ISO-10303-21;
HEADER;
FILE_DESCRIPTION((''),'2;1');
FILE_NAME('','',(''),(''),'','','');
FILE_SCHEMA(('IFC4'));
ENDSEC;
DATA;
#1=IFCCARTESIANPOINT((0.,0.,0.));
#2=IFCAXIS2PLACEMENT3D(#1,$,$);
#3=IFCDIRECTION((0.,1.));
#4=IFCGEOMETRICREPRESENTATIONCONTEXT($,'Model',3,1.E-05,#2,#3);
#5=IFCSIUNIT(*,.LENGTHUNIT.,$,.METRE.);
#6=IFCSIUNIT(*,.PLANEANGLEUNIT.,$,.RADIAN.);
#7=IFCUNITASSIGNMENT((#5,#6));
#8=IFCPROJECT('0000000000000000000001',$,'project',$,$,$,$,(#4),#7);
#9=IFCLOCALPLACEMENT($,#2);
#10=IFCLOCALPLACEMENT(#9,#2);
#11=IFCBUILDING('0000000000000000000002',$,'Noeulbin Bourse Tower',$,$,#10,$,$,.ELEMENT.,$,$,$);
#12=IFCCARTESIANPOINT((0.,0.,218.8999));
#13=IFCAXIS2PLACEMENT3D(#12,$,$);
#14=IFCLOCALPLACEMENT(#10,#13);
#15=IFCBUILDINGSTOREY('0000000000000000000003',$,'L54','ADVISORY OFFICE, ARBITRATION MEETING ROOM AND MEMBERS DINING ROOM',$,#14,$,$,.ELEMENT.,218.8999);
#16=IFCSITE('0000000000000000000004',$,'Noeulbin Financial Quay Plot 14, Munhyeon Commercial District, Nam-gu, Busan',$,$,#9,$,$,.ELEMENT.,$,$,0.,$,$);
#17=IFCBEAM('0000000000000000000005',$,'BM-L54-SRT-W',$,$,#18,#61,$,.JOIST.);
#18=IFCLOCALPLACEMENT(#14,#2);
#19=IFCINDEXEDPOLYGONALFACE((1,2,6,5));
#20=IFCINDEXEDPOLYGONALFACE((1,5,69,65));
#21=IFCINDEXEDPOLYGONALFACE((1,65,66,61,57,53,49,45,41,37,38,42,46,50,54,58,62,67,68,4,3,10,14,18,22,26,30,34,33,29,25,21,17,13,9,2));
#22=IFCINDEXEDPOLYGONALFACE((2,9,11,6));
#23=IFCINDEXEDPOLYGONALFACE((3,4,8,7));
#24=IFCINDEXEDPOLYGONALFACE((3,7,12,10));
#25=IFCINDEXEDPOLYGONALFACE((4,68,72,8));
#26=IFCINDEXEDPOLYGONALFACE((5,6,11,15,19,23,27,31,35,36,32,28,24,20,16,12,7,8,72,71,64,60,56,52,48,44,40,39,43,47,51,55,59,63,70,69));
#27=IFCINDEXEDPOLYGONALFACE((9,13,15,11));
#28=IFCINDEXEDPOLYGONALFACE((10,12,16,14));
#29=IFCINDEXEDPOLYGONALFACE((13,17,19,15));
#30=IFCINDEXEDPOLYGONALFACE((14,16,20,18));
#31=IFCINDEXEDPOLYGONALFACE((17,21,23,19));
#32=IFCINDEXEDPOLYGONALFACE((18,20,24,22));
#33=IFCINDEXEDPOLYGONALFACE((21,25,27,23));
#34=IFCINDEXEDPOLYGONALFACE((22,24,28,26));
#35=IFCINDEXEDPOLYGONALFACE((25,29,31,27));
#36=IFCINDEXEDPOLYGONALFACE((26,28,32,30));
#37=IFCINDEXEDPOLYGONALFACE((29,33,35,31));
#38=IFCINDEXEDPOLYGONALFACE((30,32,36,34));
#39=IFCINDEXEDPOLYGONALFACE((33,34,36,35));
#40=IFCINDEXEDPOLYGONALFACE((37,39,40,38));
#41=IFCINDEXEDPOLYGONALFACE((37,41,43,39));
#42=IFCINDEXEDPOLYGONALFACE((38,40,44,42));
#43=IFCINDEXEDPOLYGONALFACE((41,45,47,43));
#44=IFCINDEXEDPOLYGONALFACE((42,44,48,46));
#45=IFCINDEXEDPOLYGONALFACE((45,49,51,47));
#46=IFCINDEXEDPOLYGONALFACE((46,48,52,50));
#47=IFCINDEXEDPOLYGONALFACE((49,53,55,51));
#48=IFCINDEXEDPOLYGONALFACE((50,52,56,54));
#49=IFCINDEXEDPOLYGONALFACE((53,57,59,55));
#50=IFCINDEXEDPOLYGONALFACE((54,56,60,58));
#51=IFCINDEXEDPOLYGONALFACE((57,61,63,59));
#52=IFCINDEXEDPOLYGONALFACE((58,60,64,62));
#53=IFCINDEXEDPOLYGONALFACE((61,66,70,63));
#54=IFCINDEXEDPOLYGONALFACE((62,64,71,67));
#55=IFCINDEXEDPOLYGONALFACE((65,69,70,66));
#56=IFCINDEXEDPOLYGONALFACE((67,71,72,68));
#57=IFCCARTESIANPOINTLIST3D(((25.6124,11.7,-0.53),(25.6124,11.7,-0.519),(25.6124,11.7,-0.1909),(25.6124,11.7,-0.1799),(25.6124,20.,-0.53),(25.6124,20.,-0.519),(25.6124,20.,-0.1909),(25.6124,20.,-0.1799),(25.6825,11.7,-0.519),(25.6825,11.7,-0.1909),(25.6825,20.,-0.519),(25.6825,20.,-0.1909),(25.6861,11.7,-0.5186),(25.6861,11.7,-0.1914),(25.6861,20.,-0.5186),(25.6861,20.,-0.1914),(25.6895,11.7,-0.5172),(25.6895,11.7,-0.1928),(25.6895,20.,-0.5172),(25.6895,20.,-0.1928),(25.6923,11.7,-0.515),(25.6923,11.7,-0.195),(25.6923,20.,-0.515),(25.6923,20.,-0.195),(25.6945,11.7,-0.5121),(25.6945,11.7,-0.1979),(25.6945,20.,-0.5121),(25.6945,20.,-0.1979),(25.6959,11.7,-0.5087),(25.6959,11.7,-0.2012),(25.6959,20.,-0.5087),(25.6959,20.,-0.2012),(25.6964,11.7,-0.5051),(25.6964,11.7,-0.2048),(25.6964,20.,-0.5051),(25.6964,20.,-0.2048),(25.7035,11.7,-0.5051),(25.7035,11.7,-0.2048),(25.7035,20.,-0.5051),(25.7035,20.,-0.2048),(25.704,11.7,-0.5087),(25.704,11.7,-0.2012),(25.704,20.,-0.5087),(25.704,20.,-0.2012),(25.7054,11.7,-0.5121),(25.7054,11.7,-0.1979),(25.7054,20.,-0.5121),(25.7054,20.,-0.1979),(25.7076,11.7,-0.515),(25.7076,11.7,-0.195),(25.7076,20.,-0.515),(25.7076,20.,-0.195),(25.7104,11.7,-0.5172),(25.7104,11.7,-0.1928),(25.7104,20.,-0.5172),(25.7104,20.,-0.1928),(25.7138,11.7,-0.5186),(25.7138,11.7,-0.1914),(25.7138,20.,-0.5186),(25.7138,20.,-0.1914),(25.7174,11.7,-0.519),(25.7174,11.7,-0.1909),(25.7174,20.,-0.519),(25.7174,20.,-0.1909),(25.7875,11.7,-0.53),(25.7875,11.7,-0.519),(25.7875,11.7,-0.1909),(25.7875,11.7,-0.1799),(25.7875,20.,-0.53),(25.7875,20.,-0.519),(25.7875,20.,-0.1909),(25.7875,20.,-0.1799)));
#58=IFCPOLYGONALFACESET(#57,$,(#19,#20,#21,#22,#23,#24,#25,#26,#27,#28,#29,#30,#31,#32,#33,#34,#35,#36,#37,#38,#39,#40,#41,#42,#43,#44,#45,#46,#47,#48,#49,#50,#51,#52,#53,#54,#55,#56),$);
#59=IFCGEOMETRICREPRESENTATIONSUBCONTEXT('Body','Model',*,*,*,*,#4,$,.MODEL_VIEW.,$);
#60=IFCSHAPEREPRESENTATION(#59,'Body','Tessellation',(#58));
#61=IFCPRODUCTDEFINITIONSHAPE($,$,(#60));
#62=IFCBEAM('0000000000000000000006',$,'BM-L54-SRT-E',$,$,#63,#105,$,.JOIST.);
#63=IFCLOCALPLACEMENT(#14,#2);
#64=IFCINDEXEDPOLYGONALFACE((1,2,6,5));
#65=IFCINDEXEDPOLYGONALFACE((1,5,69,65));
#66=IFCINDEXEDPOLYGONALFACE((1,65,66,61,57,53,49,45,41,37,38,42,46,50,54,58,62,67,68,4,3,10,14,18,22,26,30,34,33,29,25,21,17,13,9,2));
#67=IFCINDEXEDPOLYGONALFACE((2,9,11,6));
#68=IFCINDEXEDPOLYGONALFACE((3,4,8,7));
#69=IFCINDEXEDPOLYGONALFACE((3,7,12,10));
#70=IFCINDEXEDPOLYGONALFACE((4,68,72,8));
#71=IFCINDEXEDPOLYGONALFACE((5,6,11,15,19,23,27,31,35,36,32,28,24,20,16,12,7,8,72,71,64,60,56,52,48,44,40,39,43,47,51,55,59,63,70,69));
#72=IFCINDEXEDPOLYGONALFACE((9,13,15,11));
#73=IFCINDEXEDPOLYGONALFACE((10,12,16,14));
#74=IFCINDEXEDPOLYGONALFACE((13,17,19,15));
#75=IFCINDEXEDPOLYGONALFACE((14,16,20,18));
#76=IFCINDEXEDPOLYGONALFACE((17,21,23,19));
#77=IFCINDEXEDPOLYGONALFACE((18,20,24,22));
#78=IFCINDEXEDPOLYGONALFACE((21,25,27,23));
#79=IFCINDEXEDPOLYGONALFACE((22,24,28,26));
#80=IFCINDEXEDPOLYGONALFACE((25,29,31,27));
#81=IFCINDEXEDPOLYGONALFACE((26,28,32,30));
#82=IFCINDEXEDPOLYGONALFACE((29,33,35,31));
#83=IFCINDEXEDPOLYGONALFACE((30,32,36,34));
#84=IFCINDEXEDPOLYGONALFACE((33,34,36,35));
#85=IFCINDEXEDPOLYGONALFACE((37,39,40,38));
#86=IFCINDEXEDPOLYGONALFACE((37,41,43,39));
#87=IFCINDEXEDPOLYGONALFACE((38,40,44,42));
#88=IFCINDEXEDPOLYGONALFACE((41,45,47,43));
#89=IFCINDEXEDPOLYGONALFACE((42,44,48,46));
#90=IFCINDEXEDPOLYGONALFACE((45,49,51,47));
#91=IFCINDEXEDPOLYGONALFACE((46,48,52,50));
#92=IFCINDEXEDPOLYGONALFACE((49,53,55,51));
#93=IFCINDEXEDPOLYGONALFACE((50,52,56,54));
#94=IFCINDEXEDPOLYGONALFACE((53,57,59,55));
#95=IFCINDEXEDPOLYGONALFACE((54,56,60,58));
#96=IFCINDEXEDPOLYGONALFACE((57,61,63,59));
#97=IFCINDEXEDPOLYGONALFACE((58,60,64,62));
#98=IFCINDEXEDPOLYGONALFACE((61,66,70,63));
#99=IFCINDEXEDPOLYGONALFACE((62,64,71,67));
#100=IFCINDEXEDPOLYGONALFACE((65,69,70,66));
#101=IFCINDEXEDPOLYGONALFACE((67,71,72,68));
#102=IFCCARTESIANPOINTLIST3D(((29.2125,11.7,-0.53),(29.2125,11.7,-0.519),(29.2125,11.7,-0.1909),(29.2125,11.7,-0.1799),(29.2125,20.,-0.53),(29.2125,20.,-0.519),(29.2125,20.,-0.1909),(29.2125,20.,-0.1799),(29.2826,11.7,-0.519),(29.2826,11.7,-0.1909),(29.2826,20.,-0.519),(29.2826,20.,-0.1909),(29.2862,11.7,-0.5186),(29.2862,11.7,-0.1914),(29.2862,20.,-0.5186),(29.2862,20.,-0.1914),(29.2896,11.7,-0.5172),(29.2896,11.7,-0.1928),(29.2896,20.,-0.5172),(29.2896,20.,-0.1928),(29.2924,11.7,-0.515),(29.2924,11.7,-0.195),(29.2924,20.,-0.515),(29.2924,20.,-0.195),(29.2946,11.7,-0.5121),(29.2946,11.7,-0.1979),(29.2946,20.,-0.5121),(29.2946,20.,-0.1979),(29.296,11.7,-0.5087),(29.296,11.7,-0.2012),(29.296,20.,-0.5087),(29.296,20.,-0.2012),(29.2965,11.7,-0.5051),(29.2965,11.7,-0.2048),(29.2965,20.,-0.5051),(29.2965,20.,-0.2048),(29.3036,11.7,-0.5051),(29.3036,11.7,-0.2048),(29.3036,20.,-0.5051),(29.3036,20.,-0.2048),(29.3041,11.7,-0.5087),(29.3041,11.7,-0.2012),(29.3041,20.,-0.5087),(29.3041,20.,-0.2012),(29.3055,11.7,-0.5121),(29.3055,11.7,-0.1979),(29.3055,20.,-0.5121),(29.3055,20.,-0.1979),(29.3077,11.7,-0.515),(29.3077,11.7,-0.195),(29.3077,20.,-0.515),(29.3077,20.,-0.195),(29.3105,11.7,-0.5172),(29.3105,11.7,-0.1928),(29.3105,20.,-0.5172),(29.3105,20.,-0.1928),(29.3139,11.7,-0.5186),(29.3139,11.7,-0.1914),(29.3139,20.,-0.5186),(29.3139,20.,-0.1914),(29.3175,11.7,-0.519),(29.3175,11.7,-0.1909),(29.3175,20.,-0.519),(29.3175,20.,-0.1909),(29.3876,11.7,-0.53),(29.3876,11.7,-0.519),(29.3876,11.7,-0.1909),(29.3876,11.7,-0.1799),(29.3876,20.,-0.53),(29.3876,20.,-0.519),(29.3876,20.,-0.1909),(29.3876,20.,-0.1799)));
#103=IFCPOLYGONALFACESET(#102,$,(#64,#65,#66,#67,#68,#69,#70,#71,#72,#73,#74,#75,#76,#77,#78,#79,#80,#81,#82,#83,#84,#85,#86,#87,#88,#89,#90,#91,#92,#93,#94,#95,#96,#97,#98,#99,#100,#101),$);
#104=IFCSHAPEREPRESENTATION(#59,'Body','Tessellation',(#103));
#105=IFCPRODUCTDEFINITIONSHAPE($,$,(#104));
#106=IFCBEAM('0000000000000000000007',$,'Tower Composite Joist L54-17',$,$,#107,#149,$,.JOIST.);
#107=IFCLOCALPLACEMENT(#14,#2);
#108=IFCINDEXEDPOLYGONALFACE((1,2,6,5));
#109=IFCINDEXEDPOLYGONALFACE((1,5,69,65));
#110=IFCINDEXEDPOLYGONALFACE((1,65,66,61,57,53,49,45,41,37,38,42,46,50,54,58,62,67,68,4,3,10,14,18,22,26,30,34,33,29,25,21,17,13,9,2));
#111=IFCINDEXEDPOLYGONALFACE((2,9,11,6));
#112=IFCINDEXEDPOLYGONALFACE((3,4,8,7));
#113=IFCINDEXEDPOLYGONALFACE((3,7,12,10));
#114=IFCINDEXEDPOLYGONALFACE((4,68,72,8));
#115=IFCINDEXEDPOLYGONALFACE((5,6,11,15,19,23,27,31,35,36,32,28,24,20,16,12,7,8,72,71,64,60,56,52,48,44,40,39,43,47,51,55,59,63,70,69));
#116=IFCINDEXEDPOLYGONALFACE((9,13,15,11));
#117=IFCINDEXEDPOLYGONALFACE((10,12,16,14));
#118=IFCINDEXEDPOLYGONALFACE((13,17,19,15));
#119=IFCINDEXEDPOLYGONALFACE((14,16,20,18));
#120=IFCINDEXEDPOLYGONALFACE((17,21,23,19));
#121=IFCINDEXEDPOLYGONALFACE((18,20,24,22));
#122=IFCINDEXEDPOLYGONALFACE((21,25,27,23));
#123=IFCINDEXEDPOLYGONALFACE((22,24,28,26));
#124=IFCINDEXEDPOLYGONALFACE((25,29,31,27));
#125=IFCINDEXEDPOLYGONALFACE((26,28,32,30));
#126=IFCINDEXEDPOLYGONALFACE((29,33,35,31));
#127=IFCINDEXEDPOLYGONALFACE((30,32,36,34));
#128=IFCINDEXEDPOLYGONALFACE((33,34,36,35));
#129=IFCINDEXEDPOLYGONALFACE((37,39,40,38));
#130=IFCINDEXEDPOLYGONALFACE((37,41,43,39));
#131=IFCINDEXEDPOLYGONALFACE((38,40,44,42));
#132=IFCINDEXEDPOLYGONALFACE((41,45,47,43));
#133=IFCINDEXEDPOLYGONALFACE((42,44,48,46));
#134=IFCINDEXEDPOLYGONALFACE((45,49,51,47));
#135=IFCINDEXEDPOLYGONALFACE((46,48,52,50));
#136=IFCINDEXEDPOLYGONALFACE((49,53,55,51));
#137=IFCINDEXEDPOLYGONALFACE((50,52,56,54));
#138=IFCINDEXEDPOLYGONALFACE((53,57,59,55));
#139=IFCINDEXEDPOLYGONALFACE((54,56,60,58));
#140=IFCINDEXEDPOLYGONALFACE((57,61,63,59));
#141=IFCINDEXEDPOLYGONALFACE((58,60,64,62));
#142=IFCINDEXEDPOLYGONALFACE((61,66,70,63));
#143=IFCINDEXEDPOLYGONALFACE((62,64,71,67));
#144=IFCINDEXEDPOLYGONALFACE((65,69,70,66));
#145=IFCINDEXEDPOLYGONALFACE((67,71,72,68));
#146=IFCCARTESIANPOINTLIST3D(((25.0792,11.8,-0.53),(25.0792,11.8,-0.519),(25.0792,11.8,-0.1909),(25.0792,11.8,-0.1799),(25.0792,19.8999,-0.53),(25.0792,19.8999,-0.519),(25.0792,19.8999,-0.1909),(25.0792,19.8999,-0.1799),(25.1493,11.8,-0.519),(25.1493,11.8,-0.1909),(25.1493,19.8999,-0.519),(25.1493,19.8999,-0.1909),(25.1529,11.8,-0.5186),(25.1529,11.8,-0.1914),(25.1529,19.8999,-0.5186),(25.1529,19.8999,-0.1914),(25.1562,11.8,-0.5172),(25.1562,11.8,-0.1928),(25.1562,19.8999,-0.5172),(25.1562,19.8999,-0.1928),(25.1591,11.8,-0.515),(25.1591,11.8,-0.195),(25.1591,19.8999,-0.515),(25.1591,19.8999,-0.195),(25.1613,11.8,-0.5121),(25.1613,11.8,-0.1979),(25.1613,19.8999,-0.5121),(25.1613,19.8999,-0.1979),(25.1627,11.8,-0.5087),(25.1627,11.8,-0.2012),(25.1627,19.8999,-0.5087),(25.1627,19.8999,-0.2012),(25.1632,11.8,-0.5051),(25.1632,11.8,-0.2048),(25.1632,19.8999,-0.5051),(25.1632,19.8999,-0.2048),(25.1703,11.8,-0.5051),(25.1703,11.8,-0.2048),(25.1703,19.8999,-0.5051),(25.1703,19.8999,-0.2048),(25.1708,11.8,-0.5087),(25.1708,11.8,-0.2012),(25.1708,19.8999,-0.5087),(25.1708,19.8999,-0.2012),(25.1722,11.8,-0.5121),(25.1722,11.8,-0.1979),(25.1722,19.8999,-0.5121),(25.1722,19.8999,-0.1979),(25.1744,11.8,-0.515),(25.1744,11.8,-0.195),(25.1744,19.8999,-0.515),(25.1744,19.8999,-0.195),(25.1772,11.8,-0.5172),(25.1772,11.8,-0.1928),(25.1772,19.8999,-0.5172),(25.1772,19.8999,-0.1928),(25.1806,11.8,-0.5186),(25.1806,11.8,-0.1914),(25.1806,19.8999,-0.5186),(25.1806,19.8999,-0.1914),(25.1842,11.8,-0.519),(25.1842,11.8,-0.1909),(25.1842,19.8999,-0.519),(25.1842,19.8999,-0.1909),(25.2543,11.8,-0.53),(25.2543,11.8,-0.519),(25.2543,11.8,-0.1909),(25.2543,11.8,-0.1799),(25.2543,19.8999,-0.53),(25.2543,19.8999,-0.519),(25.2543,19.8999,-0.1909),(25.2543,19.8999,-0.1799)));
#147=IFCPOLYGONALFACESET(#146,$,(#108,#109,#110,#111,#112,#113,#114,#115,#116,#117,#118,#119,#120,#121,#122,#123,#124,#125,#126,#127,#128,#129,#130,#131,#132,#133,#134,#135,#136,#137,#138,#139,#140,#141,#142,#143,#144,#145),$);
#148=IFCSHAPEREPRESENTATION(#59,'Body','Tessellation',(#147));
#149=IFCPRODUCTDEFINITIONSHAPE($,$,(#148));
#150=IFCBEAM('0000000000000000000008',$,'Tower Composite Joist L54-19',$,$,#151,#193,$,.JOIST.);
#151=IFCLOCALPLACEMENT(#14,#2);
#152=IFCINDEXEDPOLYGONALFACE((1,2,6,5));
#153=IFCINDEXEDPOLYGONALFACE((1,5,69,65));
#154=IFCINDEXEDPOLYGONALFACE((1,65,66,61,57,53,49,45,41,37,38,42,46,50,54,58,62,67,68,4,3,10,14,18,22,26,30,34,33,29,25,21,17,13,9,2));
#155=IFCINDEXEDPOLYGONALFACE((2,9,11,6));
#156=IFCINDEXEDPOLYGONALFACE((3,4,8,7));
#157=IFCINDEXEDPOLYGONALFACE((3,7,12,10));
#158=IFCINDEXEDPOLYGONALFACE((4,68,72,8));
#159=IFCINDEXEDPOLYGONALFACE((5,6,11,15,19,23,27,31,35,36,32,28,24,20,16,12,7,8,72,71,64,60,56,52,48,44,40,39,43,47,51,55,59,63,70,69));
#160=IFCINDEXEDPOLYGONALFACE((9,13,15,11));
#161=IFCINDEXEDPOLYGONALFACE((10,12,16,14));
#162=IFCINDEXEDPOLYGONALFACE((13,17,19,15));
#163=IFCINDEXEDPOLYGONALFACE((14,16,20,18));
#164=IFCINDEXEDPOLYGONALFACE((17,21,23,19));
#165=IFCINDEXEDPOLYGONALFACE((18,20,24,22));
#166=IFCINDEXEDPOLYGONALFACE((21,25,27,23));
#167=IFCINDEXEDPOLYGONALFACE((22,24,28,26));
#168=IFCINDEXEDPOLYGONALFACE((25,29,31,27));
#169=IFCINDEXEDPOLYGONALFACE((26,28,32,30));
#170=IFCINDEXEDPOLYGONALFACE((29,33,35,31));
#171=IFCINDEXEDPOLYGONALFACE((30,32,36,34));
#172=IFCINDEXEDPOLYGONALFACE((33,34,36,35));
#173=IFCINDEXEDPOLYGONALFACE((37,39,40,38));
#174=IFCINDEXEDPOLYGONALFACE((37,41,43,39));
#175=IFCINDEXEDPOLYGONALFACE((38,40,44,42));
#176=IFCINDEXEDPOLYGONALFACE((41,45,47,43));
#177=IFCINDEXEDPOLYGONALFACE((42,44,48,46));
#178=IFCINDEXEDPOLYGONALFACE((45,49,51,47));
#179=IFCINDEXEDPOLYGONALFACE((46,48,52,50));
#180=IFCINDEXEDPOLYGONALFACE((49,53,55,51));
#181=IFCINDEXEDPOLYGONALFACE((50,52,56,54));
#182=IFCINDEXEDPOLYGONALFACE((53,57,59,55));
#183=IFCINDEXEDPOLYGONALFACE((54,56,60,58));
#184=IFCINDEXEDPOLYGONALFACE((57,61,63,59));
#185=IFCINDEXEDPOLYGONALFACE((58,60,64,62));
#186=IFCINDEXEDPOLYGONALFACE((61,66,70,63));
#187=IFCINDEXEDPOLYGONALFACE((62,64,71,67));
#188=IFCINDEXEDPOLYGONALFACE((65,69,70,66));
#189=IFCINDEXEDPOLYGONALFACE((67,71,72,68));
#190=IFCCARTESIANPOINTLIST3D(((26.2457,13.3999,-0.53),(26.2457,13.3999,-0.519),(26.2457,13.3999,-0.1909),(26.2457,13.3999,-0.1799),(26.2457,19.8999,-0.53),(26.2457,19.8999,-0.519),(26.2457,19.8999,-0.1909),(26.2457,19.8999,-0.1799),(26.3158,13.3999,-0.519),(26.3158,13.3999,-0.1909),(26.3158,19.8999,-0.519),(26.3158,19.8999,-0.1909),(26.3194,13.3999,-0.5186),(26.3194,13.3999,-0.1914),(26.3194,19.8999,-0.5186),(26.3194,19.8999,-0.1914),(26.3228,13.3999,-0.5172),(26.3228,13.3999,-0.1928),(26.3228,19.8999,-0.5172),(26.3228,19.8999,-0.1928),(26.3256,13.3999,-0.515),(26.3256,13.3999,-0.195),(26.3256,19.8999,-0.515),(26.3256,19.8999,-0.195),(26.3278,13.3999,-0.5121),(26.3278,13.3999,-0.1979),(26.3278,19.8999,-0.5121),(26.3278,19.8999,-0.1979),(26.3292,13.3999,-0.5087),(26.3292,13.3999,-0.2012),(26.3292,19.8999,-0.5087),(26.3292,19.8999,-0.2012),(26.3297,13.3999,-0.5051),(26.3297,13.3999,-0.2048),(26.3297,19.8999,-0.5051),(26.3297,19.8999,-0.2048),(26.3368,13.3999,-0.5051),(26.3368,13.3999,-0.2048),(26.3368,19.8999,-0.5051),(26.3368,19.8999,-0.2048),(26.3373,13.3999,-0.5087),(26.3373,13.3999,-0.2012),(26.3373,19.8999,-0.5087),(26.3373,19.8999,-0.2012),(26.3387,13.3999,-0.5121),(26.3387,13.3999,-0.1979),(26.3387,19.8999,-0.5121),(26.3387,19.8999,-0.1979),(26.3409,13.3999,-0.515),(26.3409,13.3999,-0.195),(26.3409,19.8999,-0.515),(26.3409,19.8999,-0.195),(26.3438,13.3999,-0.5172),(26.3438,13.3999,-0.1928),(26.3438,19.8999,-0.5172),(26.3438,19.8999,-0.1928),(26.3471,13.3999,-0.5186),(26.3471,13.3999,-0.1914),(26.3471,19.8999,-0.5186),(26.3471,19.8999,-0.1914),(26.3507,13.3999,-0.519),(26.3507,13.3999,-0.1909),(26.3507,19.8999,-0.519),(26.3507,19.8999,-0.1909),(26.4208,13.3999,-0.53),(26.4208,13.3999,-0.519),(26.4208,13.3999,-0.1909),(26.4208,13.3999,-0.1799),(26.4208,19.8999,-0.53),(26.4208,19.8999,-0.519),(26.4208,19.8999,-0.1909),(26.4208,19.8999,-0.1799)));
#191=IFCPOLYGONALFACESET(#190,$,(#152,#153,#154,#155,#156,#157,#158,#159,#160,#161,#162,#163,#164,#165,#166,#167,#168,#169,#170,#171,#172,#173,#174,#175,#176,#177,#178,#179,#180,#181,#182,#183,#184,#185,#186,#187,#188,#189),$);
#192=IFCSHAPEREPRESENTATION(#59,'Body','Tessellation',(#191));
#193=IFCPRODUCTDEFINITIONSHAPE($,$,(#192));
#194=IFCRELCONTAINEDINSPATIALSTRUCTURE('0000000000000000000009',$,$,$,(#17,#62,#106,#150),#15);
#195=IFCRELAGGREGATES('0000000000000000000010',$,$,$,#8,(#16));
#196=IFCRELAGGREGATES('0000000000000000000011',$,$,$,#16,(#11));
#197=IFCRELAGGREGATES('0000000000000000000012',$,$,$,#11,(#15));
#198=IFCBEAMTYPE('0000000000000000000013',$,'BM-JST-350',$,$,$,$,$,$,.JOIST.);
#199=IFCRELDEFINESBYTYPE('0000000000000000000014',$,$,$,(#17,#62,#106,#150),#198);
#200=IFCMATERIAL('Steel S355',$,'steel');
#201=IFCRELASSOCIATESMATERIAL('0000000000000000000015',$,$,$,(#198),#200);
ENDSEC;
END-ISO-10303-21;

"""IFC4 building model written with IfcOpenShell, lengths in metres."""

from ifc_helpers import new_model, si_unit, direction, frame, origin, origin_2d, place, context, subcontext, project, spatial, i_section, extrude, material, material_profile, profile_set, type_object, element, save


model = new_model("IFC4")

# Units and contexts
model_context = context("Model", 3, precision=1e-05, world=origin(), true_north=direction((0.0, 1.0)))
body_context = subcontext(model_context, "Body", "Model", "MODEL_VIEW")
ifc_project = project(units=[si_unit("LENGTHUNIT", "METRE"), si_unit("PLANEANGLEUNIT", "RADIAN")], contexts=[model_context])

# Site, building, storey
site_placement = place(None, origin())
site = spatial("IfcSite", under=ifc_project, at=site_placement, Name="Noeulbin Financial Quay Plot 14, Munhyeon Commercial District, Nam-gu, Busan", CompositionType="ELEMENT", RefElevation=0.0)
building_placement = place(site_placement, origin())
building = spatial("IfcBuilding", under=site, at=building_placement, Name="Noeulbin Bourse Tower", CompositionType="ELEMENT")
storey_placement = place(building_placement, frame((0.0, 0.0, 218.8999)))
storey = spatial("IfcBuildingStorey", under=building, at=storey_placement, Name="L54", Description="ADVISORY OFFICE, ARBITRATION MEETING ROOM AND MEMBERS DINING ROOM", CompositionType="ELEMENT", Elevation=218.8999)

# Beams
ifc_material_1 = material(Name="Steel S355", Category="steel")
ifc_material_profile_1 = material_profile(ifc_material_1, i_section(OverallWidth=0.175, OverallDepth=0.3501, WebThickness=0.0071, FlangeThickness=0.011, FilletRadius=0.0139, at=origin_2d()), Name="H-350x175x7x11", Category="LoadBearing")
ifc_profile_set_1 = profile_set([ifc_material_profile_1], Name="Steel S355")
beam_type_1 = type_object("IfcBeamType", Name="BM-JST-350", PredefinedType="JOIST", material=ifc_profile_set_1)
for number, where, z_axis, x_axis, name in (
    (1, (25.7, 11.7, -0.355), (0.0, 1.0, 0.0), (-1.0, 0.0, 0.0), "BM-L54-SRT-W"),
    (2, (29.3, 11.7, -0.355), (0.0, 1.0, 0.0), (-1.0, 0.0, 0.0), "BM-L54-SRT-E"),
):
    element("IfcBeam", number, at=place(storey_placement, frame(where, z_axis=z_axis, x_axis=x_axis)), inside=storey, type_object=beam_type_1, Name=name, PredefinedType="JOIST", context=body_context, shape_type="SweptSolid", body=[
        extrude(i_section(OverallWidth=0.175, OverallDepth=0.3501, WebThickness=0.0071, FlangeThickness=0.011, FilletRadius=0.0139, at=origin_2d()), origin(), (0.0, 0.0, 1.0), 8.3),
    ])
beam_1_placement = place(storey_placement, frame((25.1667, 11.8, -0.355), z_axis=(0.0, 1.0, 0.0), x_axis=(-1.0, 0.0, 0.0)))
element("IfcBeam", 3, at=beam_1_placement, inside=storey, type_object=beam_type_1, Name="Tower Composite Joist L54-17", PredefinedType="JOIST", context=body_context, shape_type="SweptSolid", body=[
    extrude(i_section(OverallWidth=0.175, OverallDepth=0.3501, WebThickness=0.0071, FlangeThickness=0.011, FilletRadius=0.0139, at=origin_2d()), origin(), (0.0, 0.0, 1.0), 8.0999),
])
for number, where, z_axis, x_axis, name in (
    (4, (26.3333, 13.3999, -0.355), (0.0, 1.0, 0.0), (-1.0, 0.0, 0.0), "Tower Composite Joist L54-19"),
):
    element("IfcBeam", number, at=place(storey_placement, frame(where, z_axis=z_axis, x_axis=x_axis)), inside=storey, type_object=beam_type_1, Name=name, PredefinedType="JOIST", context=body_context, shape_type="SweptSolid", body=[
        extrude(i_section(OverallWidth=0.175, OverallDepth=0.3501, WebThickness=0.0071, FlangeThickness=0.011, FilletRadius=0.0139, at=origin_2d()), origin(), (0.0, 0.0, 1.0), 6.5),
    ])

save(model, "model.ifc")
